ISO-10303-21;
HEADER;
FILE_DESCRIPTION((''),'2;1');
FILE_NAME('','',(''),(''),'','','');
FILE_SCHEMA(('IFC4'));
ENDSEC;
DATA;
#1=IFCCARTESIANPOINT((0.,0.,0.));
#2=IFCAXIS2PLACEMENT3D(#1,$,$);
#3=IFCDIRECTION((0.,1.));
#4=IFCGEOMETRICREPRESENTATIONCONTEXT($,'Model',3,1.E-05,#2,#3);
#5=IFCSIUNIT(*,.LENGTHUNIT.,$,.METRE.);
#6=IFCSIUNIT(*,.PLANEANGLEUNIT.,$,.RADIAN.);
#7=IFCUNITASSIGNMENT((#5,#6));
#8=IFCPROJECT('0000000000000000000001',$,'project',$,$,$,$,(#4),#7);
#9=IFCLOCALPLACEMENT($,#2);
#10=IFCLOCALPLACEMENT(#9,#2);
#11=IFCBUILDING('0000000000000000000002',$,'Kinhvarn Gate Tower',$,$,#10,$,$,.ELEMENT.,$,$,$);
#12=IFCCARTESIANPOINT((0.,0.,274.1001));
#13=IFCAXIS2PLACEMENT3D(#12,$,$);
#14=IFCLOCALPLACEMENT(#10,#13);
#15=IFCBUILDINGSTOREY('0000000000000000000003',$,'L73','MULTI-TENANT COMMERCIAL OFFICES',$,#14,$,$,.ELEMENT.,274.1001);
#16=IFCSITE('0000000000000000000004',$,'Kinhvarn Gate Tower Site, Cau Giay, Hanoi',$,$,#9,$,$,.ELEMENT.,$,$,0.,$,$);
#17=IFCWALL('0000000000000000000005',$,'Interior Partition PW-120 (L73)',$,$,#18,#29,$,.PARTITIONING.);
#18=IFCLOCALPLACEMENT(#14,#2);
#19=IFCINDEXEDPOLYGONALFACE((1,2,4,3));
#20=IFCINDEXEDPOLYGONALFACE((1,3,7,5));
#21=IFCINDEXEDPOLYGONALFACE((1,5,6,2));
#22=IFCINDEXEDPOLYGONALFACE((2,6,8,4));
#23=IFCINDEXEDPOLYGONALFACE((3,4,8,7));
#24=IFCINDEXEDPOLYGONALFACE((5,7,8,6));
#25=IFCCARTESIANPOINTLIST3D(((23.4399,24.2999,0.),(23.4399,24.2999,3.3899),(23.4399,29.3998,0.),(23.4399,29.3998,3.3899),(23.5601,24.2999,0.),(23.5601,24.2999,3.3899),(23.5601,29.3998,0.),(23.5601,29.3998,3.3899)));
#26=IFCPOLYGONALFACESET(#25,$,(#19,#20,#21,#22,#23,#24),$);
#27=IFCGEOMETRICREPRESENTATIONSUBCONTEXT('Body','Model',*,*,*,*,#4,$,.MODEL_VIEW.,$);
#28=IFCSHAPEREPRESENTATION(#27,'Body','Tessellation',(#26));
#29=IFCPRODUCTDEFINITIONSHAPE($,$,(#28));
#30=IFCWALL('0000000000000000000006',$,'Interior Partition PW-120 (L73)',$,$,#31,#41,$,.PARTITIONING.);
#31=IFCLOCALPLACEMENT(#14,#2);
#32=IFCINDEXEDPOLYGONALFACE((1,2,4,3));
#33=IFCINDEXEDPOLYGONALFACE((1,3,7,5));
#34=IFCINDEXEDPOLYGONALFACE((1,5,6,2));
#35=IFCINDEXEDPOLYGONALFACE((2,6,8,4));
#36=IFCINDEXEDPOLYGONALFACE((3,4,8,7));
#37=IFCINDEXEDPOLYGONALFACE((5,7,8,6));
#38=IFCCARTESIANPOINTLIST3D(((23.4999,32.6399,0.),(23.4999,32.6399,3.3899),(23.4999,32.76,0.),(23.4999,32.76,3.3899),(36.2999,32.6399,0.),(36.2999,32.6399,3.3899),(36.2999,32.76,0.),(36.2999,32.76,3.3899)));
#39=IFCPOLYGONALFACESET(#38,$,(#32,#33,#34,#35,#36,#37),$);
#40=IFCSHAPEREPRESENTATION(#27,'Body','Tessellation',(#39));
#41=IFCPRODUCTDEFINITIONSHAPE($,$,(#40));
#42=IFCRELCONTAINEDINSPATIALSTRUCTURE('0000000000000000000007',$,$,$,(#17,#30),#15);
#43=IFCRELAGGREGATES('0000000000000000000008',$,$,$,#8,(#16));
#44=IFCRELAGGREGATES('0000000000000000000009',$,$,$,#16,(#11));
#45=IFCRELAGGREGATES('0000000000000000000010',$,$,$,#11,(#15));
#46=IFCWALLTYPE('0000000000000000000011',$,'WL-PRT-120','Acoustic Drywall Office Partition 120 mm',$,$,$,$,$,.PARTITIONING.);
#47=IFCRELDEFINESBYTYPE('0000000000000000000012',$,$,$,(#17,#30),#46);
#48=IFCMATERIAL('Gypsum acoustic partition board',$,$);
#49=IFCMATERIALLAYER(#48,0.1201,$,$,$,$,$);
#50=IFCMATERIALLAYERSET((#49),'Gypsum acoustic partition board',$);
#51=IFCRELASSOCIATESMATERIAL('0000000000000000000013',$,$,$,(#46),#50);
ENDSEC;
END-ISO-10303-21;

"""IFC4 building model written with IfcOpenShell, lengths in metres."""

from ifc_helpers import new_model, si_unit, direction, frame, frame_2d, origin, place, context, subcontext, project, spatial, rectangle, extrude, material, layer, layer_set, type_object, element, save


model = new_model("IFC4")

# Units and contexts
model_context = context("Model", 3, precision=1e-05, world=origin(), true_north=direction((0.0, 1.0)))
body_context = subcontext(model_context, "Body", "Model", "MODEL_VIEW")
ifc_project = project(units=[si_unit("LENGTHUNIT", "METRE"), si_unit("PLANEANGLEUNIT", "RADIAN")], contexts=[model_context])

# Site, building, storey
site_placement = place(None, origin())
site = spatial("IfcSite", under=ifc_project, at=site_placement, Name="Kinhvarn Gate Tower Site, Cau Giay, Hanoi", CompositionType="ELEMENT", RefElevation=0.0)
building_placement = place(site_placement, origin())
building = spatial("IfcBuilding", under=site, at=building_placement, Name="Kinhvarn Gate Tower", CompositionType="ELEMENT")
storey_placement = place(building_placement, frame((0.0, 0.0, 274.1001)))
storey = spatial("IfcBuildingStorey", under=building, at=storey_placement, Name="L73", Description="MULTI-TENANT COMMERCIAL OFFICES", CompositionType="ELEMENT", Elevation=274.1001)

# Walls
ifc_material_1 = material(Name="Gypsum acoustic partition board")
ifc_layer_1 = layer(ifc_material_1, 0.1201)
ifc_layer_set_1 = layer_set([ifc_layer_1], Name="Gypsum acoustic partition board")
wall_type_1 = type_object("IfcWallType", Name="WL-PRT-120", Description="Acoustic Drywall Office Partition 120 mm", PredefinedType="PARTITIONING", material=ifc_layer_set_1)
wall_1_placement = place(storey_placement, frame((23.5, 24.3, 0.0), z_axis=(0.0, 0.0, 1.0), x_axis=(0.0, 1.0, 0.0)))
element("IfcWall", 1, at=wall_1_placement, inside=storey, type_object=wall_type_1, Name="Interior Partition PW-120 (L73)", PredefinedType="PARTITIONING", context=body_context, shape_type="SweptSolid", body=[
    extrude(rectangle(XDim=5.0999, YDim=0.1201, at=frame_2d((2.5498, 0.0))), origin(), (0.0, 0.0, 1.0), 3.3899),
])
wall_2_placement = place(storey_placement, frame((23.5, 32.7, 0.0), z_axis=(0.0, 0.0, 1.0), x_axis=(1.0, 0.0, 0.0)))
element("IfcWall", 2, at=wall_2_placement, inside=storey, type_object=wall_type_1, Name="Interior Partition PW-120 (L73)", PredefinedType="PARTITIONING", context=body_context, shape_type="SweptSolid", body=[
    extrude(rectangle(XDim=12.8, YDim=0.1201, at=frame_2d((6.3999, 0.0))), origin(), (0.0, 0.0, 1.0), 3.3899),
])

save(model, "model.ifc")
